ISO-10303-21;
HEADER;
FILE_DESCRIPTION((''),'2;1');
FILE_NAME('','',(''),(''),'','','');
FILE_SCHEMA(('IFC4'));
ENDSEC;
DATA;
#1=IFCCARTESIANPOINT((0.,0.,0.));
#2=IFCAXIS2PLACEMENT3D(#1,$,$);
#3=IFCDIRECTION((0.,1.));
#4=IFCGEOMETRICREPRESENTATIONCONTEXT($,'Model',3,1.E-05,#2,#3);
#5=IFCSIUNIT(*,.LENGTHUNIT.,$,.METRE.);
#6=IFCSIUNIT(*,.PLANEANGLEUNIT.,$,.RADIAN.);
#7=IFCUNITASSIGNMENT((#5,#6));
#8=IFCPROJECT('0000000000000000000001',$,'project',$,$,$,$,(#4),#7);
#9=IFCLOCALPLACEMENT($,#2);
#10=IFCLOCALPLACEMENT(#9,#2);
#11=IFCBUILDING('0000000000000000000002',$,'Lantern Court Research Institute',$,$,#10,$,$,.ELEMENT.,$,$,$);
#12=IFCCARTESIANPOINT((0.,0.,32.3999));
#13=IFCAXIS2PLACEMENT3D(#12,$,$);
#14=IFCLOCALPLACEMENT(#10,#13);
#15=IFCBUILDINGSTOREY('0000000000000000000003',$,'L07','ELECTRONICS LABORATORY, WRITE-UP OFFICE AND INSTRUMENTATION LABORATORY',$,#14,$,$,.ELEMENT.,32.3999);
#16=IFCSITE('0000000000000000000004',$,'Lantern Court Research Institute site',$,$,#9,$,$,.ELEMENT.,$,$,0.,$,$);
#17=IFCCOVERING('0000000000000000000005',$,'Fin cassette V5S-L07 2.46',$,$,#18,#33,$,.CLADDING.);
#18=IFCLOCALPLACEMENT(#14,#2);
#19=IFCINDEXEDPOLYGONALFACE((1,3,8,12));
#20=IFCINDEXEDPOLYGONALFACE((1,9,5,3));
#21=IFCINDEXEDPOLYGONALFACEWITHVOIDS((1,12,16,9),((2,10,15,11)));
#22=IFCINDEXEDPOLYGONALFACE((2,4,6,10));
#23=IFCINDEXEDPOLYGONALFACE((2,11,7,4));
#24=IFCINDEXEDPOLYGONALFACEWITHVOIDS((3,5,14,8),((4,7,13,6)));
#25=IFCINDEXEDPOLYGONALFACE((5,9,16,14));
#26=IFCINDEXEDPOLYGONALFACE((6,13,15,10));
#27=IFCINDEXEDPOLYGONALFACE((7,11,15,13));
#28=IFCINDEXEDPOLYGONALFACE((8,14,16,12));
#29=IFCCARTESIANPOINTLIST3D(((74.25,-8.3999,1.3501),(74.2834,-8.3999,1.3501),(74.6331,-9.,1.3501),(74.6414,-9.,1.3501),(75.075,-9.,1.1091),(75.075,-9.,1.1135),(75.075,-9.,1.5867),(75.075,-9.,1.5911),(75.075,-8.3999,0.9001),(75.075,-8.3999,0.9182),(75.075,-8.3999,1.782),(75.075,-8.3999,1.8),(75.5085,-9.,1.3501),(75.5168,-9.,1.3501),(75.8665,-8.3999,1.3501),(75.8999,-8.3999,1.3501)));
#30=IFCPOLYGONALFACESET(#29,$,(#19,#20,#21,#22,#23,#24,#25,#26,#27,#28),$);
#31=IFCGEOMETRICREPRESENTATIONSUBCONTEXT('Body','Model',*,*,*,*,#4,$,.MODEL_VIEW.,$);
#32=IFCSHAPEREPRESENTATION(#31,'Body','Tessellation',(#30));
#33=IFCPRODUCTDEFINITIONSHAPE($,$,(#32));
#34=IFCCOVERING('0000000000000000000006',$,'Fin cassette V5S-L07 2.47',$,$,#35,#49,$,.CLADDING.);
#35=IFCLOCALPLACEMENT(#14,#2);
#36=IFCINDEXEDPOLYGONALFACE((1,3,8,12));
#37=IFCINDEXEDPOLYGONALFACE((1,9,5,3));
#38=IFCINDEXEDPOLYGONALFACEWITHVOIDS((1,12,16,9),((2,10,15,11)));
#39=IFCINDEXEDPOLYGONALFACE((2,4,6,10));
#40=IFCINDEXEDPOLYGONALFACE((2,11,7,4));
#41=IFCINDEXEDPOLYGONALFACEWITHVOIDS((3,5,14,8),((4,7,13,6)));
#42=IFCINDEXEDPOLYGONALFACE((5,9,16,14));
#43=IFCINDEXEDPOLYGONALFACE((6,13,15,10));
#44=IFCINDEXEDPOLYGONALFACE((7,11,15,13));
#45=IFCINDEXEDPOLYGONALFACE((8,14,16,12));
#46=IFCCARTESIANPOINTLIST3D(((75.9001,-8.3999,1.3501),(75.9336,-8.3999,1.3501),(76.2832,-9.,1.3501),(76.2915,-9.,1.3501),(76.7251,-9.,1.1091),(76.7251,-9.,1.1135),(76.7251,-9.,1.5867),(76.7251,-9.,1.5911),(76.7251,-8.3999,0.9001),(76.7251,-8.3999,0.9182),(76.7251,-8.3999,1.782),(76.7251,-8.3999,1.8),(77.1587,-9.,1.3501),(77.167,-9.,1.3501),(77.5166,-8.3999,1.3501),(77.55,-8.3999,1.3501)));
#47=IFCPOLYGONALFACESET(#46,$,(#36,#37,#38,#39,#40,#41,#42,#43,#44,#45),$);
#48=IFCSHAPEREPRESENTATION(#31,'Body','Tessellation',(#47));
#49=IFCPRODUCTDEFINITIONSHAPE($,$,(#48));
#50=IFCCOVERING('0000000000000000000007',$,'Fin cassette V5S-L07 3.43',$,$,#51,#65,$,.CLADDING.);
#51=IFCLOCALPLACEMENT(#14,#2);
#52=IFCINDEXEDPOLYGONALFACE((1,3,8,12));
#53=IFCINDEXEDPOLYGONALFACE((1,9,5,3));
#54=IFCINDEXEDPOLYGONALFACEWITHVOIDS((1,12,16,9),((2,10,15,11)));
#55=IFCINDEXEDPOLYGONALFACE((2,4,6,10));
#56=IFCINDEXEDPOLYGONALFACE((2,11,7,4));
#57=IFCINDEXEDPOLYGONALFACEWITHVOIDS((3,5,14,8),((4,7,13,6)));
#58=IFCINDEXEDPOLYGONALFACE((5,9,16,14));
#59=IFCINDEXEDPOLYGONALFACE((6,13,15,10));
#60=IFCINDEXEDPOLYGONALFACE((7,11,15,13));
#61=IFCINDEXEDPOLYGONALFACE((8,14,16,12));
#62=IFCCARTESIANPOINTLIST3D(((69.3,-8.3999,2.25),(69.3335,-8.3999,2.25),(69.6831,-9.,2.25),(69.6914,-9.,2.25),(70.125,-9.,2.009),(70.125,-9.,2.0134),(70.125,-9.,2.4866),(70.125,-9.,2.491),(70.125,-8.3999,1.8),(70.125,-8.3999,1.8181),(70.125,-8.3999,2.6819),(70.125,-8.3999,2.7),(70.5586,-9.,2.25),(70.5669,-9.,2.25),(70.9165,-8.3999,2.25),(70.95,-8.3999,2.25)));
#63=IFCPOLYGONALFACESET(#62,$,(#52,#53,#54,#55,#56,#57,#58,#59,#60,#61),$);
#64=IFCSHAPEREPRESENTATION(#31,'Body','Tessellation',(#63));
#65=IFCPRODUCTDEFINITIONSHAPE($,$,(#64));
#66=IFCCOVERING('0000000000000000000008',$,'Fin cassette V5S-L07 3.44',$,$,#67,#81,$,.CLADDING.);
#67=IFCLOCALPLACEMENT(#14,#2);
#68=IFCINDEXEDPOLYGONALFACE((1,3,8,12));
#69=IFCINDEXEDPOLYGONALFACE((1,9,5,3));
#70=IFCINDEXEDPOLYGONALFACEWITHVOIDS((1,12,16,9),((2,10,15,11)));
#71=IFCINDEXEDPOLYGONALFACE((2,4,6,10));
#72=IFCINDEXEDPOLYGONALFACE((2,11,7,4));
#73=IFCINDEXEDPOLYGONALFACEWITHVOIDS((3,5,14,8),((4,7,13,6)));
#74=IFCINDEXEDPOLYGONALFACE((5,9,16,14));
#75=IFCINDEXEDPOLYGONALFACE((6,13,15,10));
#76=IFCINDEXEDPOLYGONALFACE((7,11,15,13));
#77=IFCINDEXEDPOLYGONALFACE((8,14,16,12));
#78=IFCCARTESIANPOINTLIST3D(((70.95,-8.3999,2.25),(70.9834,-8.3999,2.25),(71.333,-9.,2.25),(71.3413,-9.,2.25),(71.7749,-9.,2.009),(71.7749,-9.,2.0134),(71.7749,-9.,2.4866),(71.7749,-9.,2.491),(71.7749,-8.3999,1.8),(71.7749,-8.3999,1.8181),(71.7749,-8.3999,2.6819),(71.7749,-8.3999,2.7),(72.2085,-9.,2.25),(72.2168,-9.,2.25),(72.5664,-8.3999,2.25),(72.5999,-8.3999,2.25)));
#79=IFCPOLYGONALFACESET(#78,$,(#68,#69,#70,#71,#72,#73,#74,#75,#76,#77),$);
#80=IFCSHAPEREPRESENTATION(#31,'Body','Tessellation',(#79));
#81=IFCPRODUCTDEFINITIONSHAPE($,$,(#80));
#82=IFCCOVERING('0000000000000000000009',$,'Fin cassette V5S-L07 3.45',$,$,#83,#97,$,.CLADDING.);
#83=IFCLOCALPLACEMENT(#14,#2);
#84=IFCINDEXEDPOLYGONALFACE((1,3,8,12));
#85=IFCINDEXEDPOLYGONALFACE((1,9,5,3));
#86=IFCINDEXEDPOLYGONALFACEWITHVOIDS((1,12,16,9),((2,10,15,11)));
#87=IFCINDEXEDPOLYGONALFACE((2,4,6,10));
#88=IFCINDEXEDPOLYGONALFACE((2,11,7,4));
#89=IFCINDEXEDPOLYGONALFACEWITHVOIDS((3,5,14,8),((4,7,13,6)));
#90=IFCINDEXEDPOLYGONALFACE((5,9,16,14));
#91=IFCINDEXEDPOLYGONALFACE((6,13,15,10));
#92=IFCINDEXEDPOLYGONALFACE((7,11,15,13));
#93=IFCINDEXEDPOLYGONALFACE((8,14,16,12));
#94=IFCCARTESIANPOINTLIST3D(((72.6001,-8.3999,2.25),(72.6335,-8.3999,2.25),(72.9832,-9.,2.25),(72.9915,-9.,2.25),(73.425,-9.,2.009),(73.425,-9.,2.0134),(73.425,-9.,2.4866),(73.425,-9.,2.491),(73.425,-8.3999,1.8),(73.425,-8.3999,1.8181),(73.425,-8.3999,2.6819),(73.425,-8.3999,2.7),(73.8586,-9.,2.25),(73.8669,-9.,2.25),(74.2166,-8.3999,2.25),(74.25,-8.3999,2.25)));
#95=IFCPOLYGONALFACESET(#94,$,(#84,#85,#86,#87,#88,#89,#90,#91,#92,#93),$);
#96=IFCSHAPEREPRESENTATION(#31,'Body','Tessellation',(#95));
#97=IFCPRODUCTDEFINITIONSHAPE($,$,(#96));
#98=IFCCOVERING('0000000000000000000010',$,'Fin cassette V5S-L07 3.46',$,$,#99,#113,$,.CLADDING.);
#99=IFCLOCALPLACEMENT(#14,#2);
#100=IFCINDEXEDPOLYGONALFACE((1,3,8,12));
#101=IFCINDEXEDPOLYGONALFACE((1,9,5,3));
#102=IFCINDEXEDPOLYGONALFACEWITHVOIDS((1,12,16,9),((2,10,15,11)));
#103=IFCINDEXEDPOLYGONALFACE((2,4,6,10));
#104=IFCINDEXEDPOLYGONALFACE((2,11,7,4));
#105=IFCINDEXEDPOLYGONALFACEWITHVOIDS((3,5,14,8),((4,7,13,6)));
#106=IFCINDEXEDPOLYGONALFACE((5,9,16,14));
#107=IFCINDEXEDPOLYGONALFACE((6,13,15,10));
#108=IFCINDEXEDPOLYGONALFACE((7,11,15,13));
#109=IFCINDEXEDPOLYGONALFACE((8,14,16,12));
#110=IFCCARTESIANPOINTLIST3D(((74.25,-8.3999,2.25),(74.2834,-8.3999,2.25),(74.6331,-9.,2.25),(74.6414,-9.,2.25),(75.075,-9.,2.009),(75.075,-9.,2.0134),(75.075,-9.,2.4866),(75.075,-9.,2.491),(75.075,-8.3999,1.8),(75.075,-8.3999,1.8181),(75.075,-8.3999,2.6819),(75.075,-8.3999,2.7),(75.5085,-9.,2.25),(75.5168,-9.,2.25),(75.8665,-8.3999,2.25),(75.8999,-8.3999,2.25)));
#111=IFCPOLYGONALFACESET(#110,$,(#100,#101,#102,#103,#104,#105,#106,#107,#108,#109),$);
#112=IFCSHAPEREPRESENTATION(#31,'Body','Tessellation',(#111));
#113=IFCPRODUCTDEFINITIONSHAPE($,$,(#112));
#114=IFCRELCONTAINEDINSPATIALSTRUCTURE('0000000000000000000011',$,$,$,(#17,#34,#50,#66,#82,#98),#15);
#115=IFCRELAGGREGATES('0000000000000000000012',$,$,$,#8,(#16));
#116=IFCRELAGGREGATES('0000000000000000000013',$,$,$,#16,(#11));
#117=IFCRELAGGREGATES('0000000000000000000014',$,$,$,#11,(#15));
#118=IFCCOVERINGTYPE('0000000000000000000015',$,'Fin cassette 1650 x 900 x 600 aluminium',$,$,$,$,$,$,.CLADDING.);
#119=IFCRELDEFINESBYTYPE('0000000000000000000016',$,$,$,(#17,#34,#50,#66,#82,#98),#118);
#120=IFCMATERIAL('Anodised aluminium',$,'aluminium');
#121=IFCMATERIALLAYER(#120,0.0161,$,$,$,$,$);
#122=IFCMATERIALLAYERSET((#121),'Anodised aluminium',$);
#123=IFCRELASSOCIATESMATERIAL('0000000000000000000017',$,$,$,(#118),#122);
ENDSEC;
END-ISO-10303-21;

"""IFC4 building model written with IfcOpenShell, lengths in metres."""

from ifc_helpers import new_model, entity, si_unit, direction, frame, origin, place, context, subcontext, project, spatial, material, layer, layer_set, type_object, element, save


model = new_model("IFC4")

# Units and contexts
model_context = context("Model", 3, precision=1e-05, world=origin(), true_north=direction((0.0, 1.0)))
body_context = subcontext(model_context, "Body", "Model", "MODEL_VIEW")
ifc_project = project(units=[si_unit("LENGTHUNIT", "METRE"), si_unit("PLANEANGLEUNIT", "RADIAN")], contexts=[model_context])

# Site, building, storey
site_placement = place(None, origin())
site = spatial("IfcSite", under=ifc_project, at=site_placement, Name="Lantern Court Research Institute site", CompositionType="ELEMENT", RefElevation=0.0)
building_placement = place(site_placement, origin())
building = spatial("IfcBuilding", under=site, at=building_placement, Name="Lantern Court Research Institute", CompositionType="ELEMENT")
storey_placement = place(building_placement, frame((0.0, 0.0, 32.3999)))
storey = spatial("IfcBuildingStorey", under=building, at=storey_placement, Name="L07", Description="ELECTRONICS LABORATORY, WRITE-UP OFFICE AND INSTRUMENTATION LABORATORY", CompositionType="ELEMENT", Elevation=32.3999)

# Coverings
ifc_material = material(Name="Anodised aluminium", Category="aluminium")
ifc_layer = layer(ifc_material, 0.0161)
ifc_layer_set = layer_set([ifc_layer], Name="Anodised aluminium")
covering_type = type_object("IfcCoveringType", Name="Fin cassette 1650 x 900 x 600 aluminium", PredefinedType="CLADDING", material=ifc_layer_set)
covering_1_placement = place(storey_placement, frame((75.075, -8.3999, 1.3501), z_axis=(0.0, -1.0, 0.0), x_axis=(1.0, 0.0, 0.0)))
cartesian_point_1 = entity("IfcCartesianPoint", [0.825, 0.0])
cartesian_point_2 = entity("IfcCartesianPoint", [0.7915, 0.0])
cartesian_point_3 = entity("IfcCartesianPoint", [0.4419, 0.0])
cartesian_point_4 = entity("IfcCartesianPoint", [0.4336, 0.0])
element("IfcCovering", 1, at=covering_1_placement, inside=storey, type_object=covering_type, Name="Fin cassette V5S-L07 2.46", PredefinedType="CLADDING", context=body_context, shape_type="SweptSolid", body=[
    entity("IfcExtrudedAreaSolidTapered", entity("IfcArbitraryProfileDefWithVoids", "AREA", None, entity("IfcPolyline", [cartesian_point_1, entity("IfcCartesianPoint", [0.0, 0.45]), entity("IfcCartesianPoint", [-0.825, 0.0]), entity("IfcCartesianPoint", [0.0, -0.45]), cartesian_point_1]), [entity("IfcPolyline", [cartesian_point_2, entity("IfcCartesianPoint", [0.0, 0.4319]), entity("IfcCartesianPoint", [-0.7915, 0.0]), entity("IfcCartesianPoint", [0.0, -0.4319]), cartesian_point_2])]), entity("IfcAxis2Placement3D", entity("IfcCartesianPoint", [0.0, 0.0, 0.0])), entity("IfcDirection", [0.0, 0.0, 1.0]), 0.6001, entity("IfcArbitraryProfileDefWithVoids", "AREA", None, entity("IfcPolyline", [cartesian_point_3, entity("IfcCartesianPoint", [0.0, 0.241]), entity("IfcCartesianPoint", [-0.4419, 0.0]), entity("IfcCartesianPoint", [0.0, -0.241]), cartesian_point_3]), [entity("IfcPolyline", [cartesian_point_4, entity("IfcCartesianPoint", [0.0, 0.2366]), entity("IfcCartesianPoint", [-0.4336, 0.0]), entity("IfcCartesianPoint", [0.0, -0.2366]), cartesian_point_4])])),
])
covering_2_placement = place(storey_placement, frame((76.7251, -8.3999, 1.3501), z_axis=(0.0, -1.0, 0.0), x_axis=(1.0, 0.0, 0.0)))
cartesian_point_5 = entity("IfcCartesianPoint", [0.825, 0.0])
cartesian_point_6 = entity("IfcCartesianPoint", [0.7915, 0.0])
cartesian_point_7 = entity("IfcCartesianPoint", [0.4419, 0.0])
cartesian_point_8 = entity("IfcCartesianPoint", [0.4336, 0.0])
element("IfcCovering", 2, at=covering_2_placement, inside=storey, type_object=covering_type, Name="Fin cassette V5S-L07 2.47", PredefinedType="CLADDING", context=body_context, shape_type="SweptSolid", body=[
    entity("IfcExtrudedAreaSolidTapered", entity("IfcArbitraryProfileDefWithVoids", "AREA", None, entity("IfcPolyline", [cartesian_point_5, entity("IfcCartesianPoint", [0.0, 0.45]), entity("IfcCartesianPoint", [-0.825, 0.0]), entity("IfcCartesianPoint", [0.0, -0.45]), cartesian_point_5]), [entity("IfcPolyline", [cartesian_point_6, entity("IfcCartesianPoint", [0.0, 0.4319]), entity("IfcCartesianPoint", [-0.7915, 0.0]), entity("IfcCartesianPoint", [0.0, -0.4319]), cartesian_point_6])]), entity("IfcAxis2Placement3D", entity("IfcCartesianPoint", [0.0, 0.0, 0.0])), entity("IfcDirection", [0.0, 0.0, 1.0]), 0.6001, entity("IfcArbitraryProfileDefWithVoids", "AREA", None, entity("IfcPolyline", [cartesian_point_7, entity("IfcCartesianPoint", [0.0, 0.241]), entity("IfcCartesianPoint", [-0.4419, 0.0]), entity("IfcCartesianPoint", [0.0, -0.241]), cartesian_point_7]), [entity("IfcPolyline", [cartesian_point_8, entity("IfcCartesianPoint", [0.0, 0.2366]), entity("IfcCartesianPoint", [-0.4336, 0.0]), entity("IfcCartesianPoint", [0.0, -0.2366]), cartesian_point_8])])),
])
covering_3_placement = place(storey_placement, frame((70.125, -8.3999, 2.25), z_axis=(0.0, -1.0, 0.0), x_axis=(1.0, 0.0, 0.0)))
cartesian_point_9 = entity("IfcCartesianPoint", [0.825, 0.0])
cartesian_point_10 = entity("IfcCartesianPoint", [0.7915, 0.0])
cartesian_point_11 = entity("IfcCartesianPoint", [0.4419, 0.0])
cartesian_point_12 = entity("IfcCartesianPoint", [0.4336, 0.0])
element("IfcCovering", 3, at=covering_3_placement, inside=storey, type_object=covering_type, Name="Fin cassette V5S-L07 3.43", PredefinedType="CLADDING", context=body_context, shape_type="SweptSolid", body=[
    entity("IfcExtrudedAreaSolidTapered", entity("IfcArbitraryProfileDefWithVoids", "AREA", None, entity("IfcPolyline", [cartesian_point_9, entity("IfcCartesianPoint", [0.0, 0.45]), entity("IfcCartesianPoint", [-0.825, 0.0]), entity("IfcCartesianPoint", [0.0, -0.45]), cartesian_point_9]), [entity("IfcPolyline", [cartesian_point_10, entity("IfcCartesianPoint", [0.0, 0.4319]), entity("IfcCartesianPoint", [-0.7915, 0.0]), entity("IfcCartesianPoint", [0.0, -0.4319]), cartesian_point_10])]), entity("IfcAxis2Placement3D", entity("IfcCartesianPoint", [0.0, 0.0, 0.0])), entity("IfcDirection", [0.0, 0.0, 1.0]), 0.6001, entity("IfcArbitraryProfileDefWithVoids", "AREA", None, entity("IfcPolyline", [cartesian_point_11, entity("IfcCartesianPoint", [0.0, 0.241]), entity("IfcCartesianPoint", [-0.4419, 0.0]), entity("IfcCartesianPoint", [0.0, -0.241]), cartesian_point_11]), [entity("IfcPolyline", [cartesian_point_12, entity("IfcCartesianPoint", [0.0, 0.2366]), entity("IfcCartesianPoint", [-0.4336, 0.0]), entity("IfcCartesianPoint", [0.0, -0.2366]), cartesian_point_12])])),
])
covering_4_placement = place(storey_placement, frame((71.7749, -8.3999, 2.25), z_axis=(0.0, -1.0, 0.0), x_axis=(1.0, 0.0, 0.0)))
cartesian_point_13 = entity("IfcCartesianPoint", [0.825, 0.0])
cartesian_point_14 = entity("IfcCartesianPoint", [0.7915, 0.0])
cartesian_point_15 = entity("IfcCartesianPoint", [0.4419, 0.0])
cartesian_point_16 = entity("IfcCartesianPoint", [0.4336, 0.0])
element("IfcCovering", 4, at=covering_4_placement, inside=storey, type_object=covering_type, Name="Fin cassette V5S-L07 3.44", PredefinedType="CLADDING", context=body_context, shape_type="SweptSolid", body=[
    entity("IfcExtrudedAreaSolidTapered", entity("IfcArbitraryProfileDefWithVoids", "AREA", None, entity("IfcPolyline", [cartesian_point_13, entity("IfcCartesianPoint", [0.0, 0.45]), entity("IfcCartesianPoint", [-0.825, 0.0]), entity("IfcCartesianPoint", [0.0, -0.45]), cartesian_point_13]), [entity("IfcPolyline", [cartesian_point_14, entity("IfcCartesianPoint", [0.0, 0.4319]), entity("IfcCartesianPoint", [-0.7915, 0.0]), entity("IfcCartesianPoint", [0.0, -0.4319]), cartesian_point_14])]), entity("IfcAxis2Placement3D", entity("IfcCartesianPoint", [0.0, 0.0, 0.0])), entity("IfcDirection", [0.0, 0.0, 1.0]), 0.6001, entity("IfcArbitraryProfileDefWithVoids", "AREA", None, entity("IfcPolyline", [cartesian_point_15, entity("IfcCartesianPoint", [0.0, 0.241]), entity("IfcCartesianPoint", [-0.4419, 0.0]), entity("IfcCartesianPoint", [0.0, -0.241]), cartesian_point_15]), [entity("IfcPolyline", [cartesian_point_16, entity("IfcCartesianPoint", [0.0, 0.2366]), entity("IfcCartesianPoint", [-0.4336, 0.0]), entity("IfcCartesianPoint", [0.0, -0.2366]), cartesian_point_16])])),
])
covering_5_placement = place(storey_placement, frame((73.425, -8.3999, 2.25), z_axis=(0.0, -1.0, 0.0), x_axis=(1.0, 0.0, 0.0)))
cartesian_point_17 = entity("IfcCartesianPoint", [0.825, 0.0])
cartesian_point_18 = entity("IfcCartesianPoint", [0.7915, 0.0])
cartesian_point_19 = entity("IfcCartesianPoint", [0.4419, 0.0])
cartesian_point_20 = entity("IfcCartesianPoint", [0.4336, 0.0])
element("IfcCovering", 5, at=covering_5_placement, inside=storey, type_object=covering_type, Name="Fin cassette V5S-L07 3.45", PredefinedType="CLADDING", context=body_context, shape_type="SweptSolid", body=[
    entity("IfcExtrudedAreaSolidTapered", entity("IfcArbitraryProfileDefWithVoids", "AREA", None, entity("IfcPolyline", [cartesian_point_17, entity("IfcCartesianPoint", [0.0, 0.45]), entity("IfcCartesianPoint", [-0.825, 0.0]), entity("IfcCartesianPoint", [0.0, -0.45]), cartesian_point_17]), [entity("IfcPolyline", [cartesian_point_18, entity("IfcCartesianPoint", [0.0, 0.4319]), entity("IfcCartesianPoint", [-0.7915, 0.0]), entity("IfcCartesianPoint", [0.0, -0.4319]), cartesian_point_18])]), entity("IfcAxis2Placement3D", entity("IfcCartesianPoint", [0.0, 0.0, 0.0])), entity("IfcDirection", [0.0, 0.0, 1.0]), 0.6001, entity("IfcArbitraryProfileDefWithVoids", "AREA", None, entity("IfcPolyline", [cartesian_point_19, entity("IfcCartesianPoint", [0.0, 0.241]), entity("IfcCartesianPoint", [-0.4419, 0.0]), entity("IfcCartesianPoint", [0.0, -0.241]), cartesian_point_19]), [entity("IfcPolyline", [cartesian_point_20, entity("IfcCartesianPoint", [0.0, 0.2366]), entity("IfcCartesianPoint", [-0.4336, 0.0]), entity("IfcCartesianPoint", [0.0, -0.2366]), cartesian_point_20])])),
])
covering_6_placement = place(storey_placement, frame((75.075, -8.3999, 2.25), z_axis=(0.0, -1.0, 0.0), x_axis=(1.0, 0.0, 0.0)))
cartesian_point_21 = entity("IfcCartesianPoint", [0.825, 0.0])
cartesian_point_22 = entity("IfcCartesianPoint", [0.7915, 0.0])
cartesian_point_23 = entity("IfcCartesianPoint", [0.4419, 0.0])
cartesian_point_24 = entity("IfcCartesianPoint", [0.4336, 0.0])
element("IfcCovering", 6, at=covering_6_placement, inside=storey, type_object=covering_type, Name="Fin cassette V5S-L07 3.46", PredefinedType="CLADDING", context=body_context, shape_type="SweptSolid", body=[
    entity("IfcExtrudedAreaSolidTapered", entity("IfcArbitraryProfileDefWithVoids", "AREA", None, entity("IfcPolyline", [cartesian_point_21, entity("IfcCartesianPoint", [0.0, 0.45]), entity("IfcCartesianPoint", [-0.825, 0.0]), entity("IfcCartesianPoint", [0.0, -0.45]), cartesian_point_21]), [entity("IfcPolyline", [cartesian_point_22, entity("IfcCartesianPoint", [0.0, 0.4319]), entity("IfcCartesianPoint", [-0.7915, 0.0]), entity("IfcCartesianPoint", [0.0, -0.4319]), cartesian_point_22])]), entity("IfcAxis2Placement3D", entity("IfcCartesianPoint", [0.0, 0.0, 0.0])), entity("IfcDirection", [0.0, 0.0, 1.0]), 0.6001, entity("IfcArbitraryProfileDefWithVoids", "AREA", None, entity("IfcPolyline", [cartesian_point_23, entity("IfcCartesianPoint", [0.0, 0.241]), entity("IfcCartesianPoint", [-0.4419, 0.0]), entity("IfcCartesianPoint", [0.0, -0.241]), cartesian_point_23]), [entity("IfcPolyline", [cartesian_point_24, entity("IfcCartesianPoint", [0.0, 0.2366]), entity("IfcCartesianPoint", [-0.4336, 0.0]), entity("IfcCartesianPoint", [0.0, -0.2366]), cartesian_point_24])])),
])

save(model, "model.ifc")
